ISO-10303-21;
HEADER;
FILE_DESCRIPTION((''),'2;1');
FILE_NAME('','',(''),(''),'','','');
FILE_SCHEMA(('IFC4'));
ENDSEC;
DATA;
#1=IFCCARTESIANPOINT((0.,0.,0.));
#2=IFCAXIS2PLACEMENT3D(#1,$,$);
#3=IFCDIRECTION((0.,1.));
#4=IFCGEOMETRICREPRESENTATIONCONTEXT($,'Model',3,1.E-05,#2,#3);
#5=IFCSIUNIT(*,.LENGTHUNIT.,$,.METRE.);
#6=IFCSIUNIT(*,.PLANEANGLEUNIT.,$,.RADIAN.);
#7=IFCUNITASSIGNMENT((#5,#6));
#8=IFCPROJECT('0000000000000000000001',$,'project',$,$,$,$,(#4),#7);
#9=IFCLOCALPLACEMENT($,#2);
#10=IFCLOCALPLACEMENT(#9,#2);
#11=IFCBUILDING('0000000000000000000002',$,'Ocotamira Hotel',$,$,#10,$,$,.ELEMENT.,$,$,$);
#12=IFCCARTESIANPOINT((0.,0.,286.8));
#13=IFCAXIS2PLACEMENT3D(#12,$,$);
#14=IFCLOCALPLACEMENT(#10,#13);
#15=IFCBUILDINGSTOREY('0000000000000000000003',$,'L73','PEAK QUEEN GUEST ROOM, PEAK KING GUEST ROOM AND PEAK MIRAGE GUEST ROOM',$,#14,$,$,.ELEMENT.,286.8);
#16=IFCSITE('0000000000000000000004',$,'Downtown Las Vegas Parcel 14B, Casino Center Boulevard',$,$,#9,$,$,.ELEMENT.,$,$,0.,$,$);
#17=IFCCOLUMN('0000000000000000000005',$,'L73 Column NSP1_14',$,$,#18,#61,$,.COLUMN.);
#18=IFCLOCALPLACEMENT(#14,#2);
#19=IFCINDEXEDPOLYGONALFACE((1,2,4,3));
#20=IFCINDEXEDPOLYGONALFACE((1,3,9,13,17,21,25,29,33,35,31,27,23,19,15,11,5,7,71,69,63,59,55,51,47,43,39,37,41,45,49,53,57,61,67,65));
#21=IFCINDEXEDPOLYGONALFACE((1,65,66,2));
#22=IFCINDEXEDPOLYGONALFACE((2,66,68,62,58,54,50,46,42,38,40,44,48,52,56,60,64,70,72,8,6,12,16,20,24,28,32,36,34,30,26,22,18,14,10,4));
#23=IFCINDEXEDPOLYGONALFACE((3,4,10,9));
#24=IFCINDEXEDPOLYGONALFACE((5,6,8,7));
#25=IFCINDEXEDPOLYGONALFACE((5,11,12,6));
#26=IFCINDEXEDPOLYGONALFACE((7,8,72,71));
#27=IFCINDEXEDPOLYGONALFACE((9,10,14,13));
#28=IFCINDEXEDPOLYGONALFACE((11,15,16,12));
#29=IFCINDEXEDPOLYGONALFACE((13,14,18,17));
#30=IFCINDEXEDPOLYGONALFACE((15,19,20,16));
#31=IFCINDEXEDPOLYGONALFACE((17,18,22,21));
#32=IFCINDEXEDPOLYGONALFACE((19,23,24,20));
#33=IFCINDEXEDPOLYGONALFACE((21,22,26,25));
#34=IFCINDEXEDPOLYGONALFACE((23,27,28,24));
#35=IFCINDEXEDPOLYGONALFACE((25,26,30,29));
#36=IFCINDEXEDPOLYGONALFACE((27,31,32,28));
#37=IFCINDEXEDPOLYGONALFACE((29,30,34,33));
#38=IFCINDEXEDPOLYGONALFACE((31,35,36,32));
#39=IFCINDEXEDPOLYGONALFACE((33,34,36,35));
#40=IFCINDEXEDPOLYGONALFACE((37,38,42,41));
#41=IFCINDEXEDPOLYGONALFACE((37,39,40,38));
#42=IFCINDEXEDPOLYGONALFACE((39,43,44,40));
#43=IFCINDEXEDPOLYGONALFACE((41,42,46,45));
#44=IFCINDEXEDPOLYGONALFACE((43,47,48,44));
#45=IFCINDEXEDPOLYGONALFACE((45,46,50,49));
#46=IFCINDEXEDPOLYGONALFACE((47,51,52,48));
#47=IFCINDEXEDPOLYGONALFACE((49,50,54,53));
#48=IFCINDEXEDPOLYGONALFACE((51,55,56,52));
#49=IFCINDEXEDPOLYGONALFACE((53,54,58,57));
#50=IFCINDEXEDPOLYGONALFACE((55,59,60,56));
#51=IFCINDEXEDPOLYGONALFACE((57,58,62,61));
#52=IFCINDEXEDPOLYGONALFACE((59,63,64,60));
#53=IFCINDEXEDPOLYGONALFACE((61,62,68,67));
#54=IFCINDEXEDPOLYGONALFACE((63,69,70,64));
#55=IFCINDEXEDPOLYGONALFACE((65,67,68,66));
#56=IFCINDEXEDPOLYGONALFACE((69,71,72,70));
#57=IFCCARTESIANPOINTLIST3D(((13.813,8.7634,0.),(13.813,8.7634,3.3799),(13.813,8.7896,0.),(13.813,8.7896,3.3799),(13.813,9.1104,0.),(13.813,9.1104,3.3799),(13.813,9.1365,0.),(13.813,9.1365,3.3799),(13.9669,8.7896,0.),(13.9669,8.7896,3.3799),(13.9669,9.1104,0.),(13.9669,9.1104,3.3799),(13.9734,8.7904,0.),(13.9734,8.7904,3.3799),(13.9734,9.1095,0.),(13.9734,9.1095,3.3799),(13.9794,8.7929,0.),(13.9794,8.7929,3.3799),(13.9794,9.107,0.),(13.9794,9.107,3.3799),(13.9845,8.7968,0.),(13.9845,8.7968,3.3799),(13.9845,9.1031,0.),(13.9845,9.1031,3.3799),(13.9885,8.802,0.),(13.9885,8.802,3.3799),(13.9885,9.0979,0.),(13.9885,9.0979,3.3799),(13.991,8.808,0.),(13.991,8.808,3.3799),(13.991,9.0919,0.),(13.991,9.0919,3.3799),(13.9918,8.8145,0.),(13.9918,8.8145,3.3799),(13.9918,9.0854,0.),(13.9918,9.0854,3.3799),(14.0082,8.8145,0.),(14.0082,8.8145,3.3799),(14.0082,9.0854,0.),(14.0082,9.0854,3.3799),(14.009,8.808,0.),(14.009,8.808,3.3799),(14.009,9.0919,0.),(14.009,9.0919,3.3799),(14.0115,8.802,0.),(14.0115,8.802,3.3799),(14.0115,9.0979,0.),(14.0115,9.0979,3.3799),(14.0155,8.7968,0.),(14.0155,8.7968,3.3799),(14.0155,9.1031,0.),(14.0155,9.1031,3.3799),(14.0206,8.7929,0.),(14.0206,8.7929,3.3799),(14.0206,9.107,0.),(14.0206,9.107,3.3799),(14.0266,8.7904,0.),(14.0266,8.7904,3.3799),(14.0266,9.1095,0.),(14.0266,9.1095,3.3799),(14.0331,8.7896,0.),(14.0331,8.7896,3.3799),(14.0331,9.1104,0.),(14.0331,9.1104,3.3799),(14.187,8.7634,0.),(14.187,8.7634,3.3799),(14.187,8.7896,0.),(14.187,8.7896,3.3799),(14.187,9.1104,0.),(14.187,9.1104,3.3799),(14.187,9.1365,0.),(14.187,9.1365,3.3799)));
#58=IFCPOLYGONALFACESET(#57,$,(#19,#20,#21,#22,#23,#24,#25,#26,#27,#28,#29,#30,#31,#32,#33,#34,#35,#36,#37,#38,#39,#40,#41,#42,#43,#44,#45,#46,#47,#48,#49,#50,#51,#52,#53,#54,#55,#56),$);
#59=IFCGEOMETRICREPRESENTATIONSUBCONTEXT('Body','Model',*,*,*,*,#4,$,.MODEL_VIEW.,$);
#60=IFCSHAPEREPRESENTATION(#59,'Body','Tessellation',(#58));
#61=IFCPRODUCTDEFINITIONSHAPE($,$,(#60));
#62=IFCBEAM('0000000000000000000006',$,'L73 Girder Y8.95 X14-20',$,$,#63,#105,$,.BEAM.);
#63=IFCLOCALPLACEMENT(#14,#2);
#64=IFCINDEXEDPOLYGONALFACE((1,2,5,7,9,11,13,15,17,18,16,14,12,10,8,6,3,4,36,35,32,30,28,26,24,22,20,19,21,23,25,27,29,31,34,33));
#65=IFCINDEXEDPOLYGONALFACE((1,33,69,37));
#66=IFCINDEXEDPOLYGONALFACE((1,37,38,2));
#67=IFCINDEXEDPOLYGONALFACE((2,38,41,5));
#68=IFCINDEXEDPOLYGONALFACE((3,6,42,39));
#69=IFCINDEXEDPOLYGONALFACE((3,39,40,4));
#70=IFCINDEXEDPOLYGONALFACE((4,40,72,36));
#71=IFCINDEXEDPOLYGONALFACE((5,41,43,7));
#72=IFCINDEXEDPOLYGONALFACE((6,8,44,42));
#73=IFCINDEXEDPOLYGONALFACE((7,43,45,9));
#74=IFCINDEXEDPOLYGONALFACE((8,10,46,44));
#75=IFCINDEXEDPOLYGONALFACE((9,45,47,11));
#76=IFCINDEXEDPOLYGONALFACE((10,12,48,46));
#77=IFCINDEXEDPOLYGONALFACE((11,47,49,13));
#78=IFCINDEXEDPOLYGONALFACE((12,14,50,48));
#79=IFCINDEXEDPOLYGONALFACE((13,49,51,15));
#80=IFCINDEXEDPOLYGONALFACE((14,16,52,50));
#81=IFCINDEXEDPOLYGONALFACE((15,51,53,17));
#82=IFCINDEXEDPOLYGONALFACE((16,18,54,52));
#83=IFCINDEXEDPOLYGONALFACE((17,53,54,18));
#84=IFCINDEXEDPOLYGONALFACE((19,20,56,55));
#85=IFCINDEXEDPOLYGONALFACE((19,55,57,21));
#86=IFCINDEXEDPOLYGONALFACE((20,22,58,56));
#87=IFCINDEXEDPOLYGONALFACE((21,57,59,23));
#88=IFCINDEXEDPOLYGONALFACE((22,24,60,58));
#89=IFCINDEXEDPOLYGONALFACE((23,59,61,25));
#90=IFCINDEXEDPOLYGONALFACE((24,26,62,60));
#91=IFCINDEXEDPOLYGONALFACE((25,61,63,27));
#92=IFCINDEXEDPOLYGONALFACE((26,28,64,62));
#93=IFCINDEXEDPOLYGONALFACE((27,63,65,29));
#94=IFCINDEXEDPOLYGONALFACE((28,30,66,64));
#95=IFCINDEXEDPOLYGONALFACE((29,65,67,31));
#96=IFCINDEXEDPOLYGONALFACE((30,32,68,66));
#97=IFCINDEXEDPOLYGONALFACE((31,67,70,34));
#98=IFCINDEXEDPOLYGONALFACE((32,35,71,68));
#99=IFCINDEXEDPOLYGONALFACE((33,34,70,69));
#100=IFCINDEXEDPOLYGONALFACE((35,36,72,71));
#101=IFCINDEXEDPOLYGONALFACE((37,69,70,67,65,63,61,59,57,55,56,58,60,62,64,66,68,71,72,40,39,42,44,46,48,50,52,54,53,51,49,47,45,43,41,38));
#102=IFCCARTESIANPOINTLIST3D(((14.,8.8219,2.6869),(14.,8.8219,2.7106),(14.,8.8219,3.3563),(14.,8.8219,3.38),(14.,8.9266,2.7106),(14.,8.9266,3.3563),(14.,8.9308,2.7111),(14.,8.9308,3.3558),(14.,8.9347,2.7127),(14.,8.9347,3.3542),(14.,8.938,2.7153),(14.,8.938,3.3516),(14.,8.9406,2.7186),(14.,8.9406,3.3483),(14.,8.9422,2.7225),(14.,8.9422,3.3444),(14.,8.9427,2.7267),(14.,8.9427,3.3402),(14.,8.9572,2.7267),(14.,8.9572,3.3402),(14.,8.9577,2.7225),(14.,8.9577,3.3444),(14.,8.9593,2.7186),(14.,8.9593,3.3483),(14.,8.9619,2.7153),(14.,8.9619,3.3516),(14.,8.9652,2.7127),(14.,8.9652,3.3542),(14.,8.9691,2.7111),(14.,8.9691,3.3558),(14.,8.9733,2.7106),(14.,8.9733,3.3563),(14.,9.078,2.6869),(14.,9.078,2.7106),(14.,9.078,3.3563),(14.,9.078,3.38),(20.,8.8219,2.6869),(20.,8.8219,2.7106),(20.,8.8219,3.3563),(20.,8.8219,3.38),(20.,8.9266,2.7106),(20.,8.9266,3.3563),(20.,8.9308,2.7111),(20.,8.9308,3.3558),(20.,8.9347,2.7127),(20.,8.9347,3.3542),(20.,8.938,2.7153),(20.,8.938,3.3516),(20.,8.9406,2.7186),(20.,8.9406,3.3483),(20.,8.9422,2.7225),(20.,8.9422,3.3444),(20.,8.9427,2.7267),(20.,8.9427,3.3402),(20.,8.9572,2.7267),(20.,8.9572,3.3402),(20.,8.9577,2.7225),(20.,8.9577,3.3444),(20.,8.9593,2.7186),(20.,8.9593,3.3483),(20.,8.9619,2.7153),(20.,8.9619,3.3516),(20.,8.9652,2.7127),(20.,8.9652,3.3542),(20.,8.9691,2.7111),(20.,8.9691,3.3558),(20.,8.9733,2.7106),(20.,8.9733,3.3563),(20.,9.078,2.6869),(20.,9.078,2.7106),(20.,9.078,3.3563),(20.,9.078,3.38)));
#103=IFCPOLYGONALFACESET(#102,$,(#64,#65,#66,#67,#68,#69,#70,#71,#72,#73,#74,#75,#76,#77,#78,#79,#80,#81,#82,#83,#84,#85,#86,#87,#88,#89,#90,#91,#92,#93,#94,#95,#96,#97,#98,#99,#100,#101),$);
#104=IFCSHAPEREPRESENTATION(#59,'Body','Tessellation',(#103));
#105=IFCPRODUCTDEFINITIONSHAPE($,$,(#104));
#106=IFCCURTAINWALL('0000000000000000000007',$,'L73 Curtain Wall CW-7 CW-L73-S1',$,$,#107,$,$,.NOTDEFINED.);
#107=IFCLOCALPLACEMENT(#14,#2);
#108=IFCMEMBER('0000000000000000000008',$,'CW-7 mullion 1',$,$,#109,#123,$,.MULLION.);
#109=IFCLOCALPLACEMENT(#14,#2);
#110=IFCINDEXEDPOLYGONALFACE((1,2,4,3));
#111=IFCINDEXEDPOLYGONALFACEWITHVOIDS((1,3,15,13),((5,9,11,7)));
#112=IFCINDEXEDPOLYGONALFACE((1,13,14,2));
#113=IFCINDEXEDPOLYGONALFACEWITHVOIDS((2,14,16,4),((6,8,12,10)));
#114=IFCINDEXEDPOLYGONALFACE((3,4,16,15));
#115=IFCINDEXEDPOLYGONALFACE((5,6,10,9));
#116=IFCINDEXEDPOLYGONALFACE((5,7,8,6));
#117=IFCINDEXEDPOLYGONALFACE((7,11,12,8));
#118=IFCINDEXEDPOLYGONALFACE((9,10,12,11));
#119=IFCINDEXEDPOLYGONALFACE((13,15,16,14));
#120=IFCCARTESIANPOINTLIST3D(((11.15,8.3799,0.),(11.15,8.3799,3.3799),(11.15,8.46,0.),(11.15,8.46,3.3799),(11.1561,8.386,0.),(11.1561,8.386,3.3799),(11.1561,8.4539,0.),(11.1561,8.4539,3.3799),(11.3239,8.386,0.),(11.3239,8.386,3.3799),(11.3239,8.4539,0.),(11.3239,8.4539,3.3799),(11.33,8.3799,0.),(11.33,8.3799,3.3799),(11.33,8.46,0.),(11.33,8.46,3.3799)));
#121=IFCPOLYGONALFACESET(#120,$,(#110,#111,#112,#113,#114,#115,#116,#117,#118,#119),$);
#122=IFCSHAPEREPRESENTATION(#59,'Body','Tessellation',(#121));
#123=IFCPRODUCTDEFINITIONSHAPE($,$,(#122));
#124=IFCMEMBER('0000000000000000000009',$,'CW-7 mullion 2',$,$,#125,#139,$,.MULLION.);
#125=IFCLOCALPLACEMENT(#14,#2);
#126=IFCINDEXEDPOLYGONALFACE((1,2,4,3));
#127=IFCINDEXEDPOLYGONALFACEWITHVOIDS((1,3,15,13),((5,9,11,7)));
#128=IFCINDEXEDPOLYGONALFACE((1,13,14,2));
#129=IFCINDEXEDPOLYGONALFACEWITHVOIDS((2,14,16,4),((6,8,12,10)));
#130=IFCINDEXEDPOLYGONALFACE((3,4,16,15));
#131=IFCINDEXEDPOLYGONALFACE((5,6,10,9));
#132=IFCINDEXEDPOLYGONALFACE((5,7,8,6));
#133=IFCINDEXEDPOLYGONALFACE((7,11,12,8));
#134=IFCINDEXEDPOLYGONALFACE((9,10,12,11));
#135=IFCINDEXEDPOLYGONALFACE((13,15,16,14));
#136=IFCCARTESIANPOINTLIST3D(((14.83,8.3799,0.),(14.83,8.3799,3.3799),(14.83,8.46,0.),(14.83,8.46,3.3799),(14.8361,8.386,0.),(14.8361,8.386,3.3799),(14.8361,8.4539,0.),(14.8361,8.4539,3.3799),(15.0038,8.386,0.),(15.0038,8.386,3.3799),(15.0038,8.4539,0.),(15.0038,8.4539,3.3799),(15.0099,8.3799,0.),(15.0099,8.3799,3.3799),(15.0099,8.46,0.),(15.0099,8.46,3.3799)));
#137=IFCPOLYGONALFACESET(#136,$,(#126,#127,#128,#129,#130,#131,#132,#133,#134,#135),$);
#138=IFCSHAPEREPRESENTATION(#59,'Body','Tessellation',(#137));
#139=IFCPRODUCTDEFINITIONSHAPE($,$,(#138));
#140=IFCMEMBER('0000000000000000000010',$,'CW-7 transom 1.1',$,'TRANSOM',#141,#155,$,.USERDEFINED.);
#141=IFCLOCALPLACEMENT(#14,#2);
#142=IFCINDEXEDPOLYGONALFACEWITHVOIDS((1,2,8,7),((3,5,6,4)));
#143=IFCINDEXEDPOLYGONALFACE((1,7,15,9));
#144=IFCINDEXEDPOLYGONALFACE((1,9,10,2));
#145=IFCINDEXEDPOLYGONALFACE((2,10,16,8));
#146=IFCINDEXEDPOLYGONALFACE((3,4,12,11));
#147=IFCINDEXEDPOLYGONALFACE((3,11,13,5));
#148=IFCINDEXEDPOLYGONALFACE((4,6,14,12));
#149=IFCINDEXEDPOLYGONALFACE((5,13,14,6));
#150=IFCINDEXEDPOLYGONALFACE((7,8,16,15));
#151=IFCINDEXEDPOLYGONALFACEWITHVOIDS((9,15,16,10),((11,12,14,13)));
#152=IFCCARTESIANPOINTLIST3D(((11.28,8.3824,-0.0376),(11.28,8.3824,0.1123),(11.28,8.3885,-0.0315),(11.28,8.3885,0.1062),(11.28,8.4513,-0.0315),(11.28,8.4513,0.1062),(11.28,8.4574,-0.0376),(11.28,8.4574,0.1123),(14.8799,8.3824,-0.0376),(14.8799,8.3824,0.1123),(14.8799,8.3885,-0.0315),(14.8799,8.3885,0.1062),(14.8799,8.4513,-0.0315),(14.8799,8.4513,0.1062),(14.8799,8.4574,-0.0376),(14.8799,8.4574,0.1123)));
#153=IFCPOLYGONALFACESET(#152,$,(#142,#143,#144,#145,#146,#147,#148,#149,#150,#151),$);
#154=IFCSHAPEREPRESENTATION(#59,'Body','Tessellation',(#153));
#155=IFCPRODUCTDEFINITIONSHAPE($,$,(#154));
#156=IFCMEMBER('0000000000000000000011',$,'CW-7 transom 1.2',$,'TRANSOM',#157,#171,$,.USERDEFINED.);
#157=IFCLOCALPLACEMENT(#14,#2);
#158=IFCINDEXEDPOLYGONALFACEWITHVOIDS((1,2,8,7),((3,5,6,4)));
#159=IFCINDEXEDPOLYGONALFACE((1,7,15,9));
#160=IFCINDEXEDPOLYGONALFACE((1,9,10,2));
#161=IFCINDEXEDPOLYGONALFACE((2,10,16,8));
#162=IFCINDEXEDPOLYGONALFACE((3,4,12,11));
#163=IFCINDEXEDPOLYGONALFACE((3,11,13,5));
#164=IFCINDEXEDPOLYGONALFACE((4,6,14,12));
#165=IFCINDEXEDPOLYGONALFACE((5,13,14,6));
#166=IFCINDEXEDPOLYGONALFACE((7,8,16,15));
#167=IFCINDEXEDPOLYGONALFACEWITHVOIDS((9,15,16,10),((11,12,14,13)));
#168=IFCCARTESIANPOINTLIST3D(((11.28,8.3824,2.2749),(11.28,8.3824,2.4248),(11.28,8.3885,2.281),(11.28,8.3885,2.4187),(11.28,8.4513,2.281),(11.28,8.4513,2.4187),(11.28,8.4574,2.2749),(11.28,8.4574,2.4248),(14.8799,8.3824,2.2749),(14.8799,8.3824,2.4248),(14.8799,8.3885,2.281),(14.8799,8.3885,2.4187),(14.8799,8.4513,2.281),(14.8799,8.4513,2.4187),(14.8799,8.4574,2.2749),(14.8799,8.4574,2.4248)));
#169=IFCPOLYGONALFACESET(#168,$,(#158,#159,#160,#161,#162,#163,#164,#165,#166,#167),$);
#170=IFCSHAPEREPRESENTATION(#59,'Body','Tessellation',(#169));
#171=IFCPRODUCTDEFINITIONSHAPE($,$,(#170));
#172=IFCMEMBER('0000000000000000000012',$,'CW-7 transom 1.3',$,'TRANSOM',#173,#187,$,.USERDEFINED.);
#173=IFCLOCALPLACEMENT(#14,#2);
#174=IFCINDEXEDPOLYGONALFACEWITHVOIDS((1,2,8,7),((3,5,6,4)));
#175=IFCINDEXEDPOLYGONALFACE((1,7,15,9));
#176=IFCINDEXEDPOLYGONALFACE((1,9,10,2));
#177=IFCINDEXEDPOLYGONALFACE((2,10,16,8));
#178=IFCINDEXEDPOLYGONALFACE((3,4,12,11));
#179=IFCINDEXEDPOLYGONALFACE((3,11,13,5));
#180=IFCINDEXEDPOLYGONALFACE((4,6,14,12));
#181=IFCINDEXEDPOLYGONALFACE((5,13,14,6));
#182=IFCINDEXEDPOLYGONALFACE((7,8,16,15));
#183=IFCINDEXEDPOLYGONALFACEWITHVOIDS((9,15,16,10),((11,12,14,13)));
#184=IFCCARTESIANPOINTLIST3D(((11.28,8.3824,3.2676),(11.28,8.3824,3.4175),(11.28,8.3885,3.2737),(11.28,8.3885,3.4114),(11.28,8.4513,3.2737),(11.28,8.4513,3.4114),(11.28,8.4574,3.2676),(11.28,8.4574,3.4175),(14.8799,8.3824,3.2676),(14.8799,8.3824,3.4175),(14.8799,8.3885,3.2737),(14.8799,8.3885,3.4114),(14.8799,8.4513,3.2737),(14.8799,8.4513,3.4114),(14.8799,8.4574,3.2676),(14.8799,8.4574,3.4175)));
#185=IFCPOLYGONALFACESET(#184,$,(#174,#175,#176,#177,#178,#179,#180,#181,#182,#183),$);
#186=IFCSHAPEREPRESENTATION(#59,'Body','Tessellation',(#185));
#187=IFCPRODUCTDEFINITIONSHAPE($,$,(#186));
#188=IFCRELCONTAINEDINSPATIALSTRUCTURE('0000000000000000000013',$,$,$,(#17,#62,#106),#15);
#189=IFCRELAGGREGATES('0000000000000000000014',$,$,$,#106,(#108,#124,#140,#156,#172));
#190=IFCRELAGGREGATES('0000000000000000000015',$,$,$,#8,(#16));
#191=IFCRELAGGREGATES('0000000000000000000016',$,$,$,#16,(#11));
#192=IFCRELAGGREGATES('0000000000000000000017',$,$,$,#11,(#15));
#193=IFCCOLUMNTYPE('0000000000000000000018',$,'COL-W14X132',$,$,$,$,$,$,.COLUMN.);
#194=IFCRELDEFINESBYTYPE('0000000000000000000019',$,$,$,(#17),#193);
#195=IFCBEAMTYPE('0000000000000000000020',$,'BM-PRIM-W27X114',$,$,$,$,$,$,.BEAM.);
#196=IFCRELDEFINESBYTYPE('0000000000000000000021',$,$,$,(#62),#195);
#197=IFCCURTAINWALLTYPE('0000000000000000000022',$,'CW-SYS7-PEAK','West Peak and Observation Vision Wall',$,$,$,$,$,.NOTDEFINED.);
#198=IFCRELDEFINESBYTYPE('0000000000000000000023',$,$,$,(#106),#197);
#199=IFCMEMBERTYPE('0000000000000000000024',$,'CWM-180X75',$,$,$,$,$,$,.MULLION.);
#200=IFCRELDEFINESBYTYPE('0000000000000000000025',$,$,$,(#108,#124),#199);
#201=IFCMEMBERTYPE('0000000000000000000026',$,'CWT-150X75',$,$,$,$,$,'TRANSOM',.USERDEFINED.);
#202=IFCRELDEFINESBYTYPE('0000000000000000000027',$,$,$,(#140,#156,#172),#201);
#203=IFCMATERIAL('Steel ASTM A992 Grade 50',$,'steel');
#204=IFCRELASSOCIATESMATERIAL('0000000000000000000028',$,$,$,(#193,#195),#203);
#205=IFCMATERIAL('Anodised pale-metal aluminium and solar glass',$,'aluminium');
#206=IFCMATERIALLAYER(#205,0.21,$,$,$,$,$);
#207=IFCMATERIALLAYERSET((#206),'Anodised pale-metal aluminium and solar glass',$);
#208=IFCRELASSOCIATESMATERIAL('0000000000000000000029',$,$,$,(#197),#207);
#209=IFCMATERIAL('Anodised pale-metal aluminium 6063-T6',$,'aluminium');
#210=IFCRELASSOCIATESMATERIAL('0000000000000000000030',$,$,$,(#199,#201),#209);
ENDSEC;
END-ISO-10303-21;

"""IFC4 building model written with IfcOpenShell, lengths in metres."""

from ifc_helpers import new_model, si_unit, direction, frame, origin, origin_2d, place, context, subcontext, project, spatial, hollow_rectangle, i_section, extrude, source, transform, mapped, material, layer, layer_set, material_profile, profile_set, type_object, element, aggregate, save


model = new_model("IFC4")

# Units and contexts
model_context = context("Model", 3, precision=1e-05, world=origin(), true_north=direction((0.0, 1.0)))
body_context = subcontext(model_context, "Body", "Model", "MODEL_VIEW")
ifc_project = project(units=[si_unit("LENGTHUNIT", "METRE"), si_unit("PLANEANGLEUNIT", "RADIAN")], contexts=[model_context])

# Site, building, storey
site_placement = place(None, origin())
site = spatial("IfcSite", under=ifc_project, at=site_placement, Name="Downtown Las Vegas Parcel 14B, Casino Center Boulevard", CompositionType="ELEMENT", RefElevation=0.0)
building_placement = place(site_placement, origin())
building = spatial("IfcBuilding", under=site, at=building_placement, Name="Ocotamira Hotel", CompositionType="ELEMENT")
storey_placement = place(building_placement, frame((0.0, 0.0, 286.8)))
storey = spatial("IfcBuildingStorey", under=building, at=storey_placement, Name="L73", Description="PEAK QUEEN GUEST ROOM, PEAK KING GUEST ROOM AND PEAK MIRAGE GUEST ROOM", CompositionType="ELEMENT", Elevation=286.8)

# Column
ifc_material_1 = material(Name="Steel ASTM A992 Grade 50", Category="steel")
ifc_material_profile_1 = material_profile(ifc_material_1, i_section(OverallWidth=0.374, OverallDepth=0.373, WebThickness=0.0164, FlangeThickness=0.0261, FilletRadius=0.0249, at=origin_2d()), Name="W14X132")
ifc_profile_set_1 = profile_set([ifc_material_profile_1], Name="Steel ASTM A992 Grade 50")
column_type = type_object("IfcColumnType", Name="COL-W14X132", PredefinedType="COLUMN", material=ifc_profile_set_1)
shared_shape_1 = source(origin(), body_context, "Body", "SweptSolid", [
    extrude(i_section(OverallWidth=0.374, OverallDepth=0.373, WebThickness=0.0164, FlangeThickness=0.0261, FilletRadius=0.0249, at=origin_2d()), origin(), (0.0, 0.0, 1.0), 3.3799),
])
column_placement = place(storey_placement, frame((14.0, 8.95, 0.0), z_axis=(0.0, 0.0, 1.0), x_axis=(1.0, 0.0, 0.0)))
element("IfcColumn", 1, at=column_placement, inside=storey, type_object=column_type, Name="L73 Column NSP1_14", PredefinedType="COLUMN", context=body_context, shape_type="MappedRepresentation", body=[
    mapped(shared_shape_1, transform((0.0, 0.0, 0.0), scale=1.0)),
])

# Beam
ifc_material_profile_2 = material_profile(ifc_material_1, i_section(OverallWidth=0.2561, OverallDepth=0.6931, WebThickness=0.0144, FlangeThickness=0.0237, FilletRadius=0.0161, at=origin_2d()), Name="W27X114")
ifc_profile_set_2 = profile_set([ifc_material_profile_2], Name="Steel ASTM A992 Grade 50")
beam_type = type_object("IfcBeamType", Name="BM-PRIM-W27X114", PredefinedType="BEAM", material=ifc_profile_set_2)
shared_shape_2 = source(origin(), body_context, "Body", "SweptSolid", [
    extrude(i_section(OverallWidth=0.2561, OverallDepth=0.6931, WebThickness=0.0144, FlangeThickness=0.0237, FilletRadius=0.0161, at=origin_2d()), origin(), (0.0, 0.0, 1.0), 6.0),
])
beam_placement = place(storey_placement, frame((14.0, 8.95, 3.0334), z_axis=(1.0, 0.0, 0.0), x_axis=(0.0, 1.0, 0.0)))
element("IfcBeam", 2, at=beam_placement, inside=storey, type_object=beam_type, Name="L73 Girder Y8.95 X14-20", PredefinedType="BEAM", context=body_context, shape_type="MappedRepresentation", body=[
    mapped(shared_shape_2, transform((0.0, 0.0, 0.0), scale=1.0)),
])

# Curtain wall, members
ifc_material_2 = material(Name="Anodised pale-metal aluminium and solar glass", Category="aluminium")
ifc_layer_1 = layer(ifc_material_2, 0.21)
ifc_layer_set_1 = layer_set([ifc_layer_1], Name="Anodised pale-metal aluminium and solar glass")
curtain_wall_type = type_object("IfcCurtainWallType", Name="CW-SYS7-PEAK", Description="West Peak and Observation Vision Wall", PredefinedType="NOTDEFINED", material=ifc_layer_set_1)
curtain_wall_placement = place(storey_placement, origin())
curtain_wall = element("IfcCurtainWall", 3, at=curtain_wall_placement, inside=storey, type_object=curtain_wall_type, Name="L73 Curtain Wall CW-7 CW-L73-S1", PredefinedType="NOTDEFINED")
ifc_material_3 = material(Name="Anodised pale-metal aluminium 6063-T6", Category="aluminium")
ifc_material_profile_3 = material_profile(ifc_material_3, hollow_rectangle(XDim=0.0801, YDim=0.1799, WallThickness=0.0061, at=origin_2d()), Name="HSS180X80X6")
ifc_profile_set_3 = profile_set([ifc_material_profile_3], Name="Anodised pale-metal aluminium 6063-T6")
member_type_1 = type_object("IfcMemberType", Name="CWM-180X75", PredefinedType="MULLION", material=ifc_profile_set_3)
shared_shape_3 = source(origin(), body_context, "Body", "SweptSolid", [
    extrude(hollow_rectangle(XDim=0.0801, YDim=0.1799, WallThickness=0.0061, at=origin_2d()), origin(), (0.0, 0.0, 1.0), 3.3799),
])
member_1_placement = place(storey_placement, frame((11.24, 8.4199, 0.0), z_axis=(0.0, 0.0, 1.0), x_axis=(0.0, 1.0, 0.0)))
member_1 = element("IfcMember", 4, at=member_1_placement, type_object=member_type_1, Name="CW-7 mullion 1", PredefinedType="MULLION", context=body_context, shape_type="MappedRepresentation", body=[
    mapped(shared_shape_3, transform((0.0, 0.0, 0.0), scale=1.0)),
])
member_2_placement = place(storey_placement, frame((14.9199, 8.4199, 0.0), z_axis=(0.0, 0.0, 1.0), x_axis=(0.0, 1.0, 0.0)))
member_2 = element("IfcMember", 5, at=member_2_placement, type_object=member_type_1, Name="CW-7 mullion 2", PredefinedType="MULLION", context=body_context, shape_type="MappedRepresentation", body=[
    mapped(shared_shape_3, transform((0.0, 0.0, 0.0), scale=1.0)),
])
ifc_material_profile_4 = material_profile(ifc_material_3, hollow_rectangle(XDim=0.075, YDim=0.1499, WallThickness=0.0061, at=origin_2d()), Name="HSS150X75X6")
ifc_profile_set_4 = profile_set([ifc_material_profile_4], Name="Anodised pale-metal aluminium 6063-T6")
member_type_2 = type_object("IfcMemberType", Name="CWT-150X75", ElementType="TRANSOM", PredefinedType="USERDEFINED", material=ifc_profile_set_4)
shared_shape_4 = source(origin(), body_context, "Body", "SweptSolid", [
    extrude(hollow_rectangle(XDim=0.075, YDim=0.1499, WallThickness=0.0061, at=origin_2d()), origin(), (0.0, 0.0, 1.0), 3.5999),
])
member_3_placement = place(storey_placement, frame((11.28, 8.4199, 0.0374), z_axis=(1.0, 0.0, 0.0), x_axis=(0.0, 1.0, 0.0)))
member_3 = element("IfcMember", 6, at=member_3_placement, type_object=member_type_2, Name="CW-7 transom 1.1", ObjectType="TRANSOM", PredefinedType="USERDEFINED", context=body_context, shape_type="MappedRepresentation", body=[
    mapped(shared_shape_4, transform((0.0, 0.0, 0.0), scale=1.0)),
])
member_4_placement = place(storey_placement, frame((11.28, 8.4199, 2.3499), z_axis=(1.0, 0.0, 0.0), x_axis=(0.0, 1.0, 0.0)))
member_4 = element("IfcMember", 7, at=member_4_placement, type_object=member_type_2, Name="CW-7 transom 1.2", ObjectType="TRANSOM", PredefinedType="USERDEFINED", context=body_context, shape_type="MappedRepresentation", body=[
    mapped(shared_shape_4, transform((0.0, 0.0, 0.0), scale=1.0)),
])
member_5_placement = place(storey_placement, frame((11.28, 8.4199, 3.3425), z_axis=(1.0, 0.0, 0.0), x_axis=(0.0, 1.0, 0.0)))
member_5 = element("IfcMember", 8, at=member_5_placement, type_object=member_type_2, Name="CW-7 transom 1.3", ObjectType="TRANSOM", PredefinedType="USERDEFINED", context=body_context, shape_type="MappedRepresentation", body=[
    mapped(shared_shape_4, transform((0.0, 0.0, 0.0), scale=1.0)),
])
aggregate(curtain_wall, [member_1, member_2, member_3, member_4, member_5])

save(model, "model.ifc")
